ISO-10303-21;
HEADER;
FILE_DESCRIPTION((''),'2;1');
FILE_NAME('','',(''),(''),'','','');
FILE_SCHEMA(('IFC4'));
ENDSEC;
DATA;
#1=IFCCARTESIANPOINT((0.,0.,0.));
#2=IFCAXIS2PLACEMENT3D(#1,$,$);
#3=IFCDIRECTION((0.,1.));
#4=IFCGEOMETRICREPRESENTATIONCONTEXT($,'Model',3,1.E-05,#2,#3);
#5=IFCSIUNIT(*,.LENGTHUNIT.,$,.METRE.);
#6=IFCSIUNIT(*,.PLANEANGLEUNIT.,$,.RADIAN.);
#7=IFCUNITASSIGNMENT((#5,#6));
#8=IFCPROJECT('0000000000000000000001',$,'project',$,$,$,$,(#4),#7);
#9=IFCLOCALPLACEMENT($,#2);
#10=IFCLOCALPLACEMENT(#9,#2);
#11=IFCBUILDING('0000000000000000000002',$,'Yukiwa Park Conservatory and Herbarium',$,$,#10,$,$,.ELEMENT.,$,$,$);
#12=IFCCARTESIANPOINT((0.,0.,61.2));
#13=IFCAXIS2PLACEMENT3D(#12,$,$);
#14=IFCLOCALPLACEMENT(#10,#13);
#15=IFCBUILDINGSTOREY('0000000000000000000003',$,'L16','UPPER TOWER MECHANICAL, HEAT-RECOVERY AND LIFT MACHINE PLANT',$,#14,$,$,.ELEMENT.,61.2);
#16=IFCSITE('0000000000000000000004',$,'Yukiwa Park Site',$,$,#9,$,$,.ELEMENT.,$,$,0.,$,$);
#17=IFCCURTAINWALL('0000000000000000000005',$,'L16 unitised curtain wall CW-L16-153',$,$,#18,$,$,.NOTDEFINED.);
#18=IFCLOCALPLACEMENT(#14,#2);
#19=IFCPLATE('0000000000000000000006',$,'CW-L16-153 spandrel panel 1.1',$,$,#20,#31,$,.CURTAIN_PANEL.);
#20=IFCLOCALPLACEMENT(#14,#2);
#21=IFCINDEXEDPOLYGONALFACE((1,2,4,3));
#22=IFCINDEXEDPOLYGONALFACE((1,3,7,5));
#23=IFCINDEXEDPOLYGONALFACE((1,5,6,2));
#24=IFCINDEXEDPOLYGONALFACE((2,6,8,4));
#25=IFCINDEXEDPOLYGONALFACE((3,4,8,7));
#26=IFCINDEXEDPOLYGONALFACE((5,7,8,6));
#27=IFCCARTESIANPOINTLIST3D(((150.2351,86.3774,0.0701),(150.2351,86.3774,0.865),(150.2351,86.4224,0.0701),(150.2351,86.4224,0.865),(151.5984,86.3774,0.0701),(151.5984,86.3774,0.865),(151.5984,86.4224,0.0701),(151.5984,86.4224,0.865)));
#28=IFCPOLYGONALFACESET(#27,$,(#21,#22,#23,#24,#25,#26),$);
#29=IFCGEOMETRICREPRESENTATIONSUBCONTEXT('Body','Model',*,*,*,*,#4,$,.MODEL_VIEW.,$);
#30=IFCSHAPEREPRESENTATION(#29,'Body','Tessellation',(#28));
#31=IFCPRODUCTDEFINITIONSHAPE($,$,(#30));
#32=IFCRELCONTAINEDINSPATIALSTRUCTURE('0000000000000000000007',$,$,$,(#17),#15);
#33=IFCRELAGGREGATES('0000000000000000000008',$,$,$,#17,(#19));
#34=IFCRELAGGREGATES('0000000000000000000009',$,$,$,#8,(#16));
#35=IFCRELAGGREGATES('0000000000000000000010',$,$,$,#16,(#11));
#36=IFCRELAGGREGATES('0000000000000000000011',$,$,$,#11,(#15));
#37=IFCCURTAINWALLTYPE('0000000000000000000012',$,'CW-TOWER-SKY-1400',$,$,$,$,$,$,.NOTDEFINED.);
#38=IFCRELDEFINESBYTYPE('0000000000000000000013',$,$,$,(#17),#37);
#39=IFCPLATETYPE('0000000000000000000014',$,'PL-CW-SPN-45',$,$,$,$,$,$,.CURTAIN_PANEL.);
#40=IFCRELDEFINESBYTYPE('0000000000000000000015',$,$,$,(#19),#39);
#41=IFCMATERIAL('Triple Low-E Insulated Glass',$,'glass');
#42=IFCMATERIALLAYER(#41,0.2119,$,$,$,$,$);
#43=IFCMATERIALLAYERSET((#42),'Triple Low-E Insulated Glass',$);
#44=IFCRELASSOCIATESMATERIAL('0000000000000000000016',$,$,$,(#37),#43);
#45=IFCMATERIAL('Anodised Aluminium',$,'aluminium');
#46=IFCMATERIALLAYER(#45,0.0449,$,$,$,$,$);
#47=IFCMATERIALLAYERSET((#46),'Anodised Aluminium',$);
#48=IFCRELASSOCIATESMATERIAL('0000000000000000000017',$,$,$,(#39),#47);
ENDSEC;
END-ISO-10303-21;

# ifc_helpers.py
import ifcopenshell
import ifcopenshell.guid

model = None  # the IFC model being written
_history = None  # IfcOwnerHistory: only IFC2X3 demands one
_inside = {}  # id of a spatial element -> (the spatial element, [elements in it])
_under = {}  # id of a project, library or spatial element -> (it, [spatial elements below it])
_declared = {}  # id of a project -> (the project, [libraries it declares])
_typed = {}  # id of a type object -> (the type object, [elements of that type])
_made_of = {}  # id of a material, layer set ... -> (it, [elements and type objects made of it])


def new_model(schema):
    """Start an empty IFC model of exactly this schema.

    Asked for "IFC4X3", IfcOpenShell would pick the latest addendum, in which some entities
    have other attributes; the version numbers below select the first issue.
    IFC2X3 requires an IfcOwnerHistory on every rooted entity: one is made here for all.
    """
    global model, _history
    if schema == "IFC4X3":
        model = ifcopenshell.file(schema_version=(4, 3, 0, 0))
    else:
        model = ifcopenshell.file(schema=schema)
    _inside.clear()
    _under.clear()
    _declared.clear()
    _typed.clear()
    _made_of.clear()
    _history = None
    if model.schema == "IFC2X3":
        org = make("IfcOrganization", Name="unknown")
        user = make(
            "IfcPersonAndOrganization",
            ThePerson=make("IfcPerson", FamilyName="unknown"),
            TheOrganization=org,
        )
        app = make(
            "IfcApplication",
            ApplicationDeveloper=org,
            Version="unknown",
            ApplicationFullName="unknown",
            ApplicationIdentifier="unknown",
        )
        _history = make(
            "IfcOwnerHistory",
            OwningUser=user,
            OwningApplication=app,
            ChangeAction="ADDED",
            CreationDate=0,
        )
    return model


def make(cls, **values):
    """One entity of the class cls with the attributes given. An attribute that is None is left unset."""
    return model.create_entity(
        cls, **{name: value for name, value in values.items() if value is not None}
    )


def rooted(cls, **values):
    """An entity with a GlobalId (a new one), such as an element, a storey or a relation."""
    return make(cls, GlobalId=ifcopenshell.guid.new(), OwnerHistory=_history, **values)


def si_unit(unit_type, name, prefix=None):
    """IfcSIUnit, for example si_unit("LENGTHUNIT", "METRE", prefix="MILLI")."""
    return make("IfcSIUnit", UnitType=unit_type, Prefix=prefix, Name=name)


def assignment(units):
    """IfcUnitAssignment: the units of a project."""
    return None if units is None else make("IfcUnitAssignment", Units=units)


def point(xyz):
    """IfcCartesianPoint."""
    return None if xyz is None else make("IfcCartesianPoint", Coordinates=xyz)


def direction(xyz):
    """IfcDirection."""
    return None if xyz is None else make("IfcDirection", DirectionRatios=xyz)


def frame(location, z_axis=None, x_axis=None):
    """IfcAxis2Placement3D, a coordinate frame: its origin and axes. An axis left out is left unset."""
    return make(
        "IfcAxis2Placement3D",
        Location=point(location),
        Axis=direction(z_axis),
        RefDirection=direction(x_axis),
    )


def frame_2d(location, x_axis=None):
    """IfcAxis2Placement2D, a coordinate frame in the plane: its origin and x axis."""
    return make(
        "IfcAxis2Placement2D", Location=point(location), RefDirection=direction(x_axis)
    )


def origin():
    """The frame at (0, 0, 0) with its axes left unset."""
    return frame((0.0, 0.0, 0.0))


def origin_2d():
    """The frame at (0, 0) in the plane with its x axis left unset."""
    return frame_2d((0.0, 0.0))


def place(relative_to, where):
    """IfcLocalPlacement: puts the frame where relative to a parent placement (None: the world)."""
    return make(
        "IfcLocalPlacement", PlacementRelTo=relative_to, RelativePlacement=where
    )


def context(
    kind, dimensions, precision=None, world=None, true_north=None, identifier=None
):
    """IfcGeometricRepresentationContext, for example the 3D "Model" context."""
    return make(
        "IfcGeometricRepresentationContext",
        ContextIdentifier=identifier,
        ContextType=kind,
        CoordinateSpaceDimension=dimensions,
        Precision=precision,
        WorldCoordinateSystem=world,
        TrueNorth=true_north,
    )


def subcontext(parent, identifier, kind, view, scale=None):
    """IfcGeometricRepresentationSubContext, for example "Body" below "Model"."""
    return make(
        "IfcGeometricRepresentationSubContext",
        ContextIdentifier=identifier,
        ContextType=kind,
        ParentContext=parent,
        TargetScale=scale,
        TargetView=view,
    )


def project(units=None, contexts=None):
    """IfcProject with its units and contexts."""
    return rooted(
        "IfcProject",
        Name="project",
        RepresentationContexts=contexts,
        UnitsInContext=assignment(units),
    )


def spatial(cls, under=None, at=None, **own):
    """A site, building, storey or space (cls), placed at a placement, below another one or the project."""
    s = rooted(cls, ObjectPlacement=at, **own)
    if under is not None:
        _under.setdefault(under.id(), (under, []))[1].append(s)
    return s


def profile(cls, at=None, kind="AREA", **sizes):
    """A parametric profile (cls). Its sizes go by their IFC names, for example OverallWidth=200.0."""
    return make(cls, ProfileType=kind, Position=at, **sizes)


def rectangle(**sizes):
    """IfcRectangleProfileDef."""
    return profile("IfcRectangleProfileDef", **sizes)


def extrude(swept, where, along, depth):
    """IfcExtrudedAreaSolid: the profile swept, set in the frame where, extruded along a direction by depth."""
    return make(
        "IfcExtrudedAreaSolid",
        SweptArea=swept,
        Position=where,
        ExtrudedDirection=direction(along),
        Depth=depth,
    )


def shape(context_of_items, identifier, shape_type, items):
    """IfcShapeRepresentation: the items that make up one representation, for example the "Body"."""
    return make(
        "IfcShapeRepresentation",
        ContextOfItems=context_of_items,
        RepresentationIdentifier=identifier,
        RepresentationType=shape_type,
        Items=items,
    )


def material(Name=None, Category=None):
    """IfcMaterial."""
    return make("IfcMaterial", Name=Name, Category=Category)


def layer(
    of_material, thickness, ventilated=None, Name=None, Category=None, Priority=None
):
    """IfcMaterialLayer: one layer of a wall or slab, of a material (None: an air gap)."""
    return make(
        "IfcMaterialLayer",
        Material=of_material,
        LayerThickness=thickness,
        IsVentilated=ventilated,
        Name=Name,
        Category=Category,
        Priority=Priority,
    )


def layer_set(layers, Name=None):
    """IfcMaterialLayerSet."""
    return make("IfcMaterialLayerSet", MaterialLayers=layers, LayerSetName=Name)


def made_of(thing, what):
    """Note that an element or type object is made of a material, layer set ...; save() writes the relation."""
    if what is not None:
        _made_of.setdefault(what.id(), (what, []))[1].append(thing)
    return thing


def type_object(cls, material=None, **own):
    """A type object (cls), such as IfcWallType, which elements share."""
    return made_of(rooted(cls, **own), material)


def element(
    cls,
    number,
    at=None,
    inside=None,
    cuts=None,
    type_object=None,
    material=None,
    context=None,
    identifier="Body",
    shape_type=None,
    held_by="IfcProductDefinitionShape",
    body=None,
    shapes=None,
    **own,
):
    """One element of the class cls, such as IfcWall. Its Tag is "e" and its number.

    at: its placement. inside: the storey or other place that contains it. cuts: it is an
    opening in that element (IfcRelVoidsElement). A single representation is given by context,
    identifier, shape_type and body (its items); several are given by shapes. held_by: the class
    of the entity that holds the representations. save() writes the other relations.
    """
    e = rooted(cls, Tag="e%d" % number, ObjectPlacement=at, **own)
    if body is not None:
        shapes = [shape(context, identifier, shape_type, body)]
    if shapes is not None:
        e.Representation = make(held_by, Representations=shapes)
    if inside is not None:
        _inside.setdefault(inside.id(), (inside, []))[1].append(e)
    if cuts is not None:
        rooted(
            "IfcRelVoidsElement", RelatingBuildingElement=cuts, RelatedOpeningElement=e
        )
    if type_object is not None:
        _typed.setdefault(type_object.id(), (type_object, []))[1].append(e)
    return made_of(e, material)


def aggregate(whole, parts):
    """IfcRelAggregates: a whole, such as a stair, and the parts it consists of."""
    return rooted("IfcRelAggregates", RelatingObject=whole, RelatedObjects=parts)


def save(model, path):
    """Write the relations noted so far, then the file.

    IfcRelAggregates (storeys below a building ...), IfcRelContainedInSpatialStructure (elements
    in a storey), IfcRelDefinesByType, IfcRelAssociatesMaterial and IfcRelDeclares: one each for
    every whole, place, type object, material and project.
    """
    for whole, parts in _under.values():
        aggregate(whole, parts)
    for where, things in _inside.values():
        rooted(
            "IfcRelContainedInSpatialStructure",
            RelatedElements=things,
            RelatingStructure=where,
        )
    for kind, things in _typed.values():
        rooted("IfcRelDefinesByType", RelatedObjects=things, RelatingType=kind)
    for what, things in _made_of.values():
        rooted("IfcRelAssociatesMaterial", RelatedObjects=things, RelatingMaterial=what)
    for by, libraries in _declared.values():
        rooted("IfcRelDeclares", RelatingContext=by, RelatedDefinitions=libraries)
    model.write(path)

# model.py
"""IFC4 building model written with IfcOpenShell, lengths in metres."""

from ifc_helpers import new_model, si_unit, direction, frame, origin, origin_2d, place, context, subcontext, project, spatial, rectangle, extrude, material, layer, layer_set, type_object, element, aggregate, save


model = new_model("IFC4")

# Units and contexts
model_context = context("Model", 3, precision=1e-05, world=origin(), true_north=direction((0.0, 1.0)))
body_context = subcontext(model_context, "Body", "Model", "MODEL_VIEW")
ifc_project = project(units=[si_unit("LENGTHUNIT", "METRE"), si_unit("PLANEANGLEUNIT", "RADIAN")], contexts=[model_context])

# Site, building, storey
site_placement = place(None, origin())
site = spatial("IfcSite", under=ifc_project, at=site_placement, Name="Yukiwa Park Site", CompositionType="ELEMENT", RefElevation=0.0)
building_placement = place(site_placement, origin())
building = spatial("IfcBuilding", under=site, at=building_placement, Name="Yukiwa Park Conservatory and Herbarium", CompositionType="ELEMENT")
storey_placement = place(building_placement, frame((0.0, 0.0, 61.2)))
storey = spatial("IfcBuildingStorey", under=building, at=storey_placement, Name="L16", Description="UPPER TOWER MECHANICAL, HEAT-RECOVERY AND LIFT MACHINE PLANT", CompositionType="ELEMENT", Elevation=61.2)

# Curtain wall
ifc_material_1 = material(Name="Triple Low-E Insulated Glass", Category="glass")
ifc_layer_1 = layer(ifc_material_1, 0.2119)
ifc_layer_set_1 = layer_set([ifc_layer_1], Name="Triple Low-E Insulated Glass")
curtain_wall_type = type_object("IfcCurtainWallType", Name="CW-TOWER-SKY-1400", PredefinedType="NOTDEFINED", material=ifc_layer_set_1)
curtain_wall_1_placement = place(storey_placement, origin())
curtain_wall_1 = element("IfcCurtainWall", 1, at=curtain_wall_1_placement, inside=storey, type_object=curtain_wall_type, Name="L16 unitised curtain wall CW-L16-153", PredefinedType="NOTDEFINED")

# Plate
ifc_material_2 = material(Name="Anodised Aluminium", Category="aluminium")
ifc_layer_2 = layer(ifc_material_2, 0.0449)
ifc_layer_set_2 = layer_set([ifc_layer_2], Name="Anodised Aluminium")
plate_type_1 = type_object("IfcPlateType", Name="PL-CW-SPN-45", PredefinedType="CURTAIN_PANEL", material=ifc_layer_set_2)
plate_1_placement = place(storey_placement, frame((150.9167, 86.3999, 0.0701), z_axis=(0.0, 0.0, 1.0), x_axis=(1.0, 0.0, 0.0)))
plate_1 = element("IfcPlate", 2, at=plate_1_placement, type_object=plate_type_1, Name="CW-L16-153 spandrel panel 1.1", PredefinedType="CURTAIN_PANEL", context=body_context, shape_type="SweptSolid", body=[
    extrude(rectangle(XDim=1.3633, YDim=0.0449, at=origin_2d()), origin(), (0.0, 0.0, 1.0), 0.7949),
])
aggregate(curtain_wall_1, [plate_1])

save(model, "model.ifc")
